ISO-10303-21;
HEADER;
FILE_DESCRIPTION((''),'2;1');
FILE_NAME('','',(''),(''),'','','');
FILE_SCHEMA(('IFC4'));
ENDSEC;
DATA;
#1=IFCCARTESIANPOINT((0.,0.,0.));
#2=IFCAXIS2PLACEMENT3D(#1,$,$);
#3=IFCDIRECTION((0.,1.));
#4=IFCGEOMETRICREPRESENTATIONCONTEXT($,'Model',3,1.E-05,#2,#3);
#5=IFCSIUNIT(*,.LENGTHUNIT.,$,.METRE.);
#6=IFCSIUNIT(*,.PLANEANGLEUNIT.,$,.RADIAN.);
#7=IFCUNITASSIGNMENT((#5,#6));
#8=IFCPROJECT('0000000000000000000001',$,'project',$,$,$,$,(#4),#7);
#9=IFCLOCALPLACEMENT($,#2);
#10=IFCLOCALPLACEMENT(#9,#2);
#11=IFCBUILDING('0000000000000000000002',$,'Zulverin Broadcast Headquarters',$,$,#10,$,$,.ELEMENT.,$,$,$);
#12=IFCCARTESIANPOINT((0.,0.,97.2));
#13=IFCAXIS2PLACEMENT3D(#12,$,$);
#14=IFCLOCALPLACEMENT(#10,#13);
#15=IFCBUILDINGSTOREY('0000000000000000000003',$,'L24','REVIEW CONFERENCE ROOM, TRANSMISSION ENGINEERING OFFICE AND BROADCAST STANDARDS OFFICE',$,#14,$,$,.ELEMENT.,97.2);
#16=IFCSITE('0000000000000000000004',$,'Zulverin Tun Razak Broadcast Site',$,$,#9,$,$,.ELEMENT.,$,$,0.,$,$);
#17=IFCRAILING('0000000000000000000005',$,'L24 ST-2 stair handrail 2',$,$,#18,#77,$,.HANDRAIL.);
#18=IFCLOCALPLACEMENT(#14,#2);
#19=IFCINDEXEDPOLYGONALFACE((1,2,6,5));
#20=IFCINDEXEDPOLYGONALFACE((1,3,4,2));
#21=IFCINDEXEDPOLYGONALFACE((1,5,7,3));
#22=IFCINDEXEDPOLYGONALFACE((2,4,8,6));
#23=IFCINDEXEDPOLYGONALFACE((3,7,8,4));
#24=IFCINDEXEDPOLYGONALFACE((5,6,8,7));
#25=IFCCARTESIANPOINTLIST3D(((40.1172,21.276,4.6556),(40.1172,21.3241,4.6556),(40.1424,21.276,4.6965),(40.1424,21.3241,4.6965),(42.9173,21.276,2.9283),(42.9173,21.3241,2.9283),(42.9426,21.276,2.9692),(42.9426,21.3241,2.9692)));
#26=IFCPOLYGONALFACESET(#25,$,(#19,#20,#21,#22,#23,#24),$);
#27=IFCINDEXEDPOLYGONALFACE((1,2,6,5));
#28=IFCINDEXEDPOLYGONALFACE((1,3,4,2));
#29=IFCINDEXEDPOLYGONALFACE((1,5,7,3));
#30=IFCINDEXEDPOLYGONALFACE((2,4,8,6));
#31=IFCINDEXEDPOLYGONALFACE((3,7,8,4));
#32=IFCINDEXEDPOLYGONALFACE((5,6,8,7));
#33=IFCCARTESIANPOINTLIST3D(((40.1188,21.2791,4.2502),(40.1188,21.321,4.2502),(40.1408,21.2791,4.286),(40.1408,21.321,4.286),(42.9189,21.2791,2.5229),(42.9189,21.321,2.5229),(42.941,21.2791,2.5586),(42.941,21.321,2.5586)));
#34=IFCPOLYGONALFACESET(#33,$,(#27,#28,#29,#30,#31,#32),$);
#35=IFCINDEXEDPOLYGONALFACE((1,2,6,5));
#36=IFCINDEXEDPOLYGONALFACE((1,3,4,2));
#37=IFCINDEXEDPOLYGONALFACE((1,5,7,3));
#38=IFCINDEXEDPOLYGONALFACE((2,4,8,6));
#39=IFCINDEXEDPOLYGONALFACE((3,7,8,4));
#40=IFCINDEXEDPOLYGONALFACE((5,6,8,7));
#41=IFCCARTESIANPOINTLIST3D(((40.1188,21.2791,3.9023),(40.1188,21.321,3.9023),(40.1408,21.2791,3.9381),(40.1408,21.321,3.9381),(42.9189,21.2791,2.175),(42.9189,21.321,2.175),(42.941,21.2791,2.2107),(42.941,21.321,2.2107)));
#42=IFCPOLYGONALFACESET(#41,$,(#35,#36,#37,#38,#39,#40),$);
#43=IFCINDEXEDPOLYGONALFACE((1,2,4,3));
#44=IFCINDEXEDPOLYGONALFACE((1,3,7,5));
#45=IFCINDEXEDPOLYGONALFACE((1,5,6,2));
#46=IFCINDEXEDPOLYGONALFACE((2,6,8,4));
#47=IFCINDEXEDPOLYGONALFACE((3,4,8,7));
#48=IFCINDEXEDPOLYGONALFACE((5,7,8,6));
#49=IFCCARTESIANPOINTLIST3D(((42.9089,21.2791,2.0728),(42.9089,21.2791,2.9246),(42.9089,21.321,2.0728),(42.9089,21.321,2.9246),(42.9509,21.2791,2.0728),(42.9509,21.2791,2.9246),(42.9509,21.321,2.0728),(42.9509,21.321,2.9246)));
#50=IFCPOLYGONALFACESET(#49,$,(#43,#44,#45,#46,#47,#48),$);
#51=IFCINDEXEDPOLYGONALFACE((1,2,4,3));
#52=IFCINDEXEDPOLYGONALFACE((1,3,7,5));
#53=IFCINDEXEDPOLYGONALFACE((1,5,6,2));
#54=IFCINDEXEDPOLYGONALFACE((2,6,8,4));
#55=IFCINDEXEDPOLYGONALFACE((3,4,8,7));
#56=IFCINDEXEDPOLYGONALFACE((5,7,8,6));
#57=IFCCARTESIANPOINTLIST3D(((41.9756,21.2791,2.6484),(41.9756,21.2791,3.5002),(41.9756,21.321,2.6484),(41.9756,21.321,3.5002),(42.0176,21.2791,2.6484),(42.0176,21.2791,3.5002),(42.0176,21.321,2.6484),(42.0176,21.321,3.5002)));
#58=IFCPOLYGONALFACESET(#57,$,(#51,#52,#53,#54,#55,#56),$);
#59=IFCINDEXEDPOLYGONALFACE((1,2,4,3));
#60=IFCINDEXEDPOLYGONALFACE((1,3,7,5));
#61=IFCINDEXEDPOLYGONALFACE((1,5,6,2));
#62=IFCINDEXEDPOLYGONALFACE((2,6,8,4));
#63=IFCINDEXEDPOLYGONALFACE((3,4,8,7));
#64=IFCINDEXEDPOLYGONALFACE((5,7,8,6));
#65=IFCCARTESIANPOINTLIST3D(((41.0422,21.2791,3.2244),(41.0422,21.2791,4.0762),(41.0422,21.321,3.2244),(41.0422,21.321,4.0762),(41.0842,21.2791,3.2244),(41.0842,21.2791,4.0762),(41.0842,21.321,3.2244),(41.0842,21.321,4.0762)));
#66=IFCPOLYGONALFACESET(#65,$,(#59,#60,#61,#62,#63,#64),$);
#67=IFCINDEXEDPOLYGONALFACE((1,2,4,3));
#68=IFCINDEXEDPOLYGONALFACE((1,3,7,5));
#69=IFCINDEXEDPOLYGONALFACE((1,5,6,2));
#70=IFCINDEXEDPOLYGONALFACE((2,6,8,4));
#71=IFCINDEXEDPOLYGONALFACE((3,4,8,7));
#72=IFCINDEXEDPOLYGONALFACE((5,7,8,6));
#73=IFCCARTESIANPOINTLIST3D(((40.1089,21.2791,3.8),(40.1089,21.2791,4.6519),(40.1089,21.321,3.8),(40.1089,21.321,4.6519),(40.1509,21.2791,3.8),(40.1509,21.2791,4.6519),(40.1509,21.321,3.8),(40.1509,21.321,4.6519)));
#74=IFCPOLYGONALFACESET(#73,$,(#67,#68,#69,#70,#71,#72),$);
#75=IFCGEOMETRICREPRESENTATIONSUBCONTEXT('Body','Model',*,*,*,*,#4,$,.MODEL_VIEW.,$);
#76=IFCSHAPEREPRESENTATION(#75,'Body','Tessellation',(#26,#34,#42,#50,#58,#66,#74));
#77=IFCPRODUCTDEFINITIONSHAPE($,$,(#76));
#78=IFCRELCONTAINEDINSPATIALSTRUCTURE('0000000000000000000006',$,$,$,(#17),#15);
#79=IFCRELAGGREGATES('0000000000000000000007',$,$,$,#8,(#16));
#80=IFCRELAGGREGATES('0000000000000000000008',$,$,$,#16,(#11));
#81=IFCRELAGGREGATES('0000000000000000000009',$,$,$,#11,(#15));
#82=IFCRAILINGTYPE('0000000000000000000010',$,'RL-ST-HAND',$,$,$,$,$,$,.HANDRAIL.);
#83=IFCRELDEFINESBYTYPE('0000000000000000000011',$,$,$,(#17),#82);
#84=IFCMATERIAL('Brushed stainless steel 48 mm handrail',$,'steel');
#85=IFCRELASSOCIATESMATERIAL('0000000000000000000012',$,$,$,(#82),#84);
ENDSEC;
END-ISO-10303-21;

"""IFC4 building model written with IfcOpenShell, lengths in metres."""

from ifc_helpers import new_model, si_unit, direction, frame, origin, origin_2d, place, context, subcontext, project, spatial, rectangle, extrude, material, type_object, element, save


model = new_model("IFC4")

# Units and contexts
model_context = context("Model", 3, precision=1e-05, world=origin(), true_north=direction((0.0, 1.0)))
body_context = subcontext(model_context, "Body", "Model", "MODEL_VIEW")
ifc_project = project(units=[si_unit("LENGTHUNIT", "METRE"), si_unit("PLANEANGLEUNIT", "RADIAN")], contexts=[model_context])

# Site, building, storey
site_placement = place(None, origin())
site = spatial("IfcSite", under=ifc_project, at=site_placement, Name="Zulverin Tun Razak Broadcast Site", CompositionType="ELEMENT", RefElevation=0.0)
building_placement = place(site_placement, origin())
building = spatial("IfcBuilding", under=site, at=building_placement, Name="Zulverin Broadcast Headquarters", CompositionType="ELEMENT")
storey_placement = place(building_placement, frame((0.0, 0.0, 97.2)))
storey = spatial("IfcBuildingStorey", under=building, at=storey_placement, Name="L24", Description="REVIEW CONFERENCE ROOM, TRANSMISSION ENGINEERING OFFICE AND BROADCAST STANDARDS OFFICE", CompositionType="ELEMENT", Elevation=97.2)

# Railing
ifc_material_1 = material(Name="Brushed stainless steel 48 mm handrail", Category="steel")
railing_type = type_object("IfcRailingType", Name="RL-ST-HAND", PredefinedType="HANDRAIL", material=ifc_material_1)
railing_placement = place(storey_placement, frame((42.9299, 21.3, 2.0728)))
element("IfcRailing", 1, at=railing_placement, inside=storey, type_object=railing_type, Name="L24 ST-2 stair handrail 2", PredefinedType="HANDRAIL", context=body_context, shape_type="SweptSolid", body=[
    extrude(rectangle(XDim=0.0481, YDim=0.0481, at=origin_2d()), frame((0.0, 0.0, 0.876), z_axis=(-0.85109, 0.0, 0.52502), x_axis=(0.0, -1.0, 0.0)), (0.0, 0.0, 1.0), 3.29),
    extrude(rectangle(XDim=0.042, YDim=0.042, at=origin_2d()), frame((0.0, 0.0, 0.468), z_axis=(-0.85109, 0.0, 0.52502), x_axis=(0.0, -1.0, 0.0)), (0.0, 0.0, 1.0), 3.29),
    extrude(rectangle(XDim=0.042, YDim=0.042, at=origin_2d()), frame((0.0, 0.0, 0.1201), z_axis=(-0.85109, 0.0, 0.52502), x_axis=(0.0, -1.0, 0.0)), (0.0, 0.0, 1.0), 3.29),
    extrude(rectangle(XDim=0.042, YDim=0.042, at=origin_2d()), origin(), (0.0, 0.0, 1.0), 0.8518),
    extrude(rectangle(XDim=0.042, YDim=0.042, at=origin_2d()), frame((-0.9333, 0.0, 0.5757)), (0.0, 0.0, 1.0), 0.8518),
    extrude(rectangle(XDim=0.042, YDim=0.042, at=origin_2d()), frame((-1.8667, 0.0, 1.1516)), (0.0, 0.0, 1.0), 0.8518),
    extrude(rectangle(XDim=0.042, YDim=0.042, at=origin_2d()), frame((-2.8, 0.0, 1.7273)), (0.0, 0.0, 1.0), 0.8518),
])

save(model, "model.ifc")
